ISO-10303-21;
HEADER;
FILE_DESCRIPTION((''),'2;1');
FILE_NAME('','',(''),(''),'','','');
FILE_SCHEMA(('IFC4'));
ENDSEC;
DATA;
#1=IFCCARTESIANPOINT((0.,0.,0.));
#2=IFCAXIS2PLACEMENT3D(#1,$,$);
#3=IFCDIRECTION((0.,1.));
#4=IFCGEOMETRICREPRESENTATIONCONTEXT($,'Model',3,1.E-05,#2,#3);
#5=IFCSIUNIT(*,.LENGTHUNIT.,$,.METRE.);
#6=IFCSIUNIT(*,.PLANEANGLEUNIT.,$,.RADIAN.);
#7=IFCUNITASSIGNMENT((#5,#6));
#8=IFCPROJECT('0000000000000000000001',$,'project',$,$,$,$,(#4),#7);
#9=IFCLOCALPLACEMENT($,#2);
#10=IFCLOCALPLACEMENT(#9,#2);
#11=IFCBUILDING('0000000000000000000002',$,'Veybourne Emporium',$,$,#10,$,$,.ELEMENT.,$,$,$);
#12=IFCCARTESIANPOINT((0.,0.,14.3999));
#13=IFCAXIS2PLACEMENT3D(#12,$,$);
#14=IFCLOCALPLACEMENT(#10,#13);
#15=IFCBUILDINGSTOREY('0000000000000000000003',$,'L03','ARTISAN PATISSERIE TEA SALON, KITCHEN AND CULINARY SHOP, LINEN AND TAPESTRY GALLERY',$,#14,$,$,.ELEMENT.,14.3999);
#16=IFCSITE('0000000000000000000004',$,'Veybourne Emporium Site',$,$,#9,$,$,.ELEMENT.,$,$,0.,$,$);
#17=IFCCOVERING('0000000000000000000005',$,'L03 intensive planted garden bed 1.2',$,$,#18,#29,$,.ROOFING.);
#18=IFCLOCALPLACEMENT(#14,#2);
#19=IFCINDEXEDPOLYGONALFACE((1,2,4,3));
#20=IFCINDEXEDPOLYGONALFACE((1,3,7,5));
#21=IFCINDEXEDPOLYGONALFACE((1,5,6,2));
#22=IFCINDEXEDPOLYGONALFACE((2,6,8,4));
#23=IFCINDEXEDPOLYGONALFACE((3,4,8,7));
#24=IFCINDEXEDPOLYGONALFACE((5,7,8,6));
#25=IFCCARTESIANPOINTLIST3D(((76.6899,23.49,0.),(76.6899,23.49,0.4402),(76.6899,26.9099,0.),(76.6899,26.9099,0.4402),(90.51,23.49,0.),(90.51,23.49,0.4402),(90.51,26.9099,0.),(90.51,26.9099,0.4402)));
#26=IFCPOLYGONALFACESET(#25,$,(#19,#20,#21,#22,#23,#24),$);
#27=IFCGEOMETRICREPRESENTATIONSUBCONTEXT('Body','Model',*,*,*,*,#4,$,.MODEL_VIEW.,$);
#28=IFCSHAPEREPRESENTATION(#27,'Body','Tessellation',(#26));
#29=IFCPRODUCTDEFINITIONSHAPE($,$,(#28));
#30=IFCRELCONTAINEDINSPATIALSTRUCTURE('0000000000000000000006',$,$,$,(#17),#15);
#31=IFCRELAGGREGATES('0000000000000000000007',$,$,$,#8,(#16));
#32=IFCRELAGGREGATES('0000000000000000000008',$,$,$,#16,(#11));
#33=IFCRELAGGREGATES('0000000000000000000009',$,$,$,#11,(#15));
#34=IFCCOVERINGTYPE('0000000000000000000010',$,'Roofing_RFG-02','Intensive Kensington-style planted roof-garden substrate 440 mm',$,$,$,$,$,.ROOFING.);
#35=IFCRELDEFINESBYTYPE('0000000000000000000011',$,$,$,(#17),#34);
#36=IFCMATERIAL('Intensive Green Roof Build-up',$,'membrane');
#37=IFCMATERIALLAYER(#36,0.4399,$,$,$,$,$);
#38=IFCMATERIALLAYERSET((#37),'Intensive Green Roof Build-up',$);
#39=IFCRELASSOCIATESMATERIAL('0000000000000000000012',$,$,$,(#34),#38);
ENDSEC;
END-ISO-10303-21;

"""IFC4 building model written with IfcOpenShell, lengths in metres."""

from ifc_helpers import new_model, si_unit, direction, frame, origin, place, context, subcontext, project, spatial, polyline, outline, extrude, material, layer, layer_set, type_object, element, save


model = new_model("IFC4")

# Units and contexts
model_context = context("Model", 3, precision=1e-05, world=origin(), true_north=direction((0.0, 1.0)))
body_context = subcontext(model_context, "Body", "Model", "MODEL_VIEW")
ifc_project = project(units=[si_unit("LENGTHUNIT", "METRE"), si_unit("PLANEANGLEUNIT", "RADIAN")], contexts=[model_context])

# Site, building, storey
site_placement = place(None, origin())
site = spatial("IfcSite", under=ifc_project, at=site_placement, Name="Veybourne Emporium Site", CompositionType="ELEMENT", RefElevation=0.0)
building_placement = place(site_placement, origin())
building = spatial("IfcBuilding", under=site, at=building_placement, Name="Veybourne Emporium", CompositionType="ELEMENT")
storey_placement = place(building_placement, frame((0.0, 0.0, 14.3999)))
storey = spatial("IfcBuildingStorey", under=building, at=storey_placement, Name="L03", Description="ARTISAN PATISSERIE TEA SALON, KITCHEN AND CULINARY SHOP, LINEN AND TAPESTRY GALLERY", CompositionType="ELEMENT", Elevation=14.3999)

# Covering
ifc_material_1 = material(Name="Intensive Green Roof Build-up", Category="membrane")
ifc_layer_1 = layer(ifc_material_1, 0.4399)
ifc_layer_set_1 = layer_set([ifc_layer_1], Name="Intensive Green Roof Build-up")
covering_type_1 = type_object("IfcCoveringType", Name="Roofing_RFG-02", Description="Intensive Kensington-style planted roof-garden substrate 440 mm", PredefinedType="ROOFING", material=ifc_layer_set_1)
covering_1_placement = place(storey_placement, origin())
element("IfcCovering", 1, at=covering_1_placement, inside=storey, type_object=covering_type_1, Name="L03 intensive planted garden bed 1.2", PredefinedType="ROOFING", context=body_context, shape_type="SweptSolid", body=[
    extrude(outline(polyline([(90.51, 26.9099), (90.51, 23.49), (76.6899, 23.49), (76.6899, 26.9099), (90.51, 26.9099)])), origin(), (0.0, 0.0, 1.0), 0.4402),
])

save(model, "model.ifc")
